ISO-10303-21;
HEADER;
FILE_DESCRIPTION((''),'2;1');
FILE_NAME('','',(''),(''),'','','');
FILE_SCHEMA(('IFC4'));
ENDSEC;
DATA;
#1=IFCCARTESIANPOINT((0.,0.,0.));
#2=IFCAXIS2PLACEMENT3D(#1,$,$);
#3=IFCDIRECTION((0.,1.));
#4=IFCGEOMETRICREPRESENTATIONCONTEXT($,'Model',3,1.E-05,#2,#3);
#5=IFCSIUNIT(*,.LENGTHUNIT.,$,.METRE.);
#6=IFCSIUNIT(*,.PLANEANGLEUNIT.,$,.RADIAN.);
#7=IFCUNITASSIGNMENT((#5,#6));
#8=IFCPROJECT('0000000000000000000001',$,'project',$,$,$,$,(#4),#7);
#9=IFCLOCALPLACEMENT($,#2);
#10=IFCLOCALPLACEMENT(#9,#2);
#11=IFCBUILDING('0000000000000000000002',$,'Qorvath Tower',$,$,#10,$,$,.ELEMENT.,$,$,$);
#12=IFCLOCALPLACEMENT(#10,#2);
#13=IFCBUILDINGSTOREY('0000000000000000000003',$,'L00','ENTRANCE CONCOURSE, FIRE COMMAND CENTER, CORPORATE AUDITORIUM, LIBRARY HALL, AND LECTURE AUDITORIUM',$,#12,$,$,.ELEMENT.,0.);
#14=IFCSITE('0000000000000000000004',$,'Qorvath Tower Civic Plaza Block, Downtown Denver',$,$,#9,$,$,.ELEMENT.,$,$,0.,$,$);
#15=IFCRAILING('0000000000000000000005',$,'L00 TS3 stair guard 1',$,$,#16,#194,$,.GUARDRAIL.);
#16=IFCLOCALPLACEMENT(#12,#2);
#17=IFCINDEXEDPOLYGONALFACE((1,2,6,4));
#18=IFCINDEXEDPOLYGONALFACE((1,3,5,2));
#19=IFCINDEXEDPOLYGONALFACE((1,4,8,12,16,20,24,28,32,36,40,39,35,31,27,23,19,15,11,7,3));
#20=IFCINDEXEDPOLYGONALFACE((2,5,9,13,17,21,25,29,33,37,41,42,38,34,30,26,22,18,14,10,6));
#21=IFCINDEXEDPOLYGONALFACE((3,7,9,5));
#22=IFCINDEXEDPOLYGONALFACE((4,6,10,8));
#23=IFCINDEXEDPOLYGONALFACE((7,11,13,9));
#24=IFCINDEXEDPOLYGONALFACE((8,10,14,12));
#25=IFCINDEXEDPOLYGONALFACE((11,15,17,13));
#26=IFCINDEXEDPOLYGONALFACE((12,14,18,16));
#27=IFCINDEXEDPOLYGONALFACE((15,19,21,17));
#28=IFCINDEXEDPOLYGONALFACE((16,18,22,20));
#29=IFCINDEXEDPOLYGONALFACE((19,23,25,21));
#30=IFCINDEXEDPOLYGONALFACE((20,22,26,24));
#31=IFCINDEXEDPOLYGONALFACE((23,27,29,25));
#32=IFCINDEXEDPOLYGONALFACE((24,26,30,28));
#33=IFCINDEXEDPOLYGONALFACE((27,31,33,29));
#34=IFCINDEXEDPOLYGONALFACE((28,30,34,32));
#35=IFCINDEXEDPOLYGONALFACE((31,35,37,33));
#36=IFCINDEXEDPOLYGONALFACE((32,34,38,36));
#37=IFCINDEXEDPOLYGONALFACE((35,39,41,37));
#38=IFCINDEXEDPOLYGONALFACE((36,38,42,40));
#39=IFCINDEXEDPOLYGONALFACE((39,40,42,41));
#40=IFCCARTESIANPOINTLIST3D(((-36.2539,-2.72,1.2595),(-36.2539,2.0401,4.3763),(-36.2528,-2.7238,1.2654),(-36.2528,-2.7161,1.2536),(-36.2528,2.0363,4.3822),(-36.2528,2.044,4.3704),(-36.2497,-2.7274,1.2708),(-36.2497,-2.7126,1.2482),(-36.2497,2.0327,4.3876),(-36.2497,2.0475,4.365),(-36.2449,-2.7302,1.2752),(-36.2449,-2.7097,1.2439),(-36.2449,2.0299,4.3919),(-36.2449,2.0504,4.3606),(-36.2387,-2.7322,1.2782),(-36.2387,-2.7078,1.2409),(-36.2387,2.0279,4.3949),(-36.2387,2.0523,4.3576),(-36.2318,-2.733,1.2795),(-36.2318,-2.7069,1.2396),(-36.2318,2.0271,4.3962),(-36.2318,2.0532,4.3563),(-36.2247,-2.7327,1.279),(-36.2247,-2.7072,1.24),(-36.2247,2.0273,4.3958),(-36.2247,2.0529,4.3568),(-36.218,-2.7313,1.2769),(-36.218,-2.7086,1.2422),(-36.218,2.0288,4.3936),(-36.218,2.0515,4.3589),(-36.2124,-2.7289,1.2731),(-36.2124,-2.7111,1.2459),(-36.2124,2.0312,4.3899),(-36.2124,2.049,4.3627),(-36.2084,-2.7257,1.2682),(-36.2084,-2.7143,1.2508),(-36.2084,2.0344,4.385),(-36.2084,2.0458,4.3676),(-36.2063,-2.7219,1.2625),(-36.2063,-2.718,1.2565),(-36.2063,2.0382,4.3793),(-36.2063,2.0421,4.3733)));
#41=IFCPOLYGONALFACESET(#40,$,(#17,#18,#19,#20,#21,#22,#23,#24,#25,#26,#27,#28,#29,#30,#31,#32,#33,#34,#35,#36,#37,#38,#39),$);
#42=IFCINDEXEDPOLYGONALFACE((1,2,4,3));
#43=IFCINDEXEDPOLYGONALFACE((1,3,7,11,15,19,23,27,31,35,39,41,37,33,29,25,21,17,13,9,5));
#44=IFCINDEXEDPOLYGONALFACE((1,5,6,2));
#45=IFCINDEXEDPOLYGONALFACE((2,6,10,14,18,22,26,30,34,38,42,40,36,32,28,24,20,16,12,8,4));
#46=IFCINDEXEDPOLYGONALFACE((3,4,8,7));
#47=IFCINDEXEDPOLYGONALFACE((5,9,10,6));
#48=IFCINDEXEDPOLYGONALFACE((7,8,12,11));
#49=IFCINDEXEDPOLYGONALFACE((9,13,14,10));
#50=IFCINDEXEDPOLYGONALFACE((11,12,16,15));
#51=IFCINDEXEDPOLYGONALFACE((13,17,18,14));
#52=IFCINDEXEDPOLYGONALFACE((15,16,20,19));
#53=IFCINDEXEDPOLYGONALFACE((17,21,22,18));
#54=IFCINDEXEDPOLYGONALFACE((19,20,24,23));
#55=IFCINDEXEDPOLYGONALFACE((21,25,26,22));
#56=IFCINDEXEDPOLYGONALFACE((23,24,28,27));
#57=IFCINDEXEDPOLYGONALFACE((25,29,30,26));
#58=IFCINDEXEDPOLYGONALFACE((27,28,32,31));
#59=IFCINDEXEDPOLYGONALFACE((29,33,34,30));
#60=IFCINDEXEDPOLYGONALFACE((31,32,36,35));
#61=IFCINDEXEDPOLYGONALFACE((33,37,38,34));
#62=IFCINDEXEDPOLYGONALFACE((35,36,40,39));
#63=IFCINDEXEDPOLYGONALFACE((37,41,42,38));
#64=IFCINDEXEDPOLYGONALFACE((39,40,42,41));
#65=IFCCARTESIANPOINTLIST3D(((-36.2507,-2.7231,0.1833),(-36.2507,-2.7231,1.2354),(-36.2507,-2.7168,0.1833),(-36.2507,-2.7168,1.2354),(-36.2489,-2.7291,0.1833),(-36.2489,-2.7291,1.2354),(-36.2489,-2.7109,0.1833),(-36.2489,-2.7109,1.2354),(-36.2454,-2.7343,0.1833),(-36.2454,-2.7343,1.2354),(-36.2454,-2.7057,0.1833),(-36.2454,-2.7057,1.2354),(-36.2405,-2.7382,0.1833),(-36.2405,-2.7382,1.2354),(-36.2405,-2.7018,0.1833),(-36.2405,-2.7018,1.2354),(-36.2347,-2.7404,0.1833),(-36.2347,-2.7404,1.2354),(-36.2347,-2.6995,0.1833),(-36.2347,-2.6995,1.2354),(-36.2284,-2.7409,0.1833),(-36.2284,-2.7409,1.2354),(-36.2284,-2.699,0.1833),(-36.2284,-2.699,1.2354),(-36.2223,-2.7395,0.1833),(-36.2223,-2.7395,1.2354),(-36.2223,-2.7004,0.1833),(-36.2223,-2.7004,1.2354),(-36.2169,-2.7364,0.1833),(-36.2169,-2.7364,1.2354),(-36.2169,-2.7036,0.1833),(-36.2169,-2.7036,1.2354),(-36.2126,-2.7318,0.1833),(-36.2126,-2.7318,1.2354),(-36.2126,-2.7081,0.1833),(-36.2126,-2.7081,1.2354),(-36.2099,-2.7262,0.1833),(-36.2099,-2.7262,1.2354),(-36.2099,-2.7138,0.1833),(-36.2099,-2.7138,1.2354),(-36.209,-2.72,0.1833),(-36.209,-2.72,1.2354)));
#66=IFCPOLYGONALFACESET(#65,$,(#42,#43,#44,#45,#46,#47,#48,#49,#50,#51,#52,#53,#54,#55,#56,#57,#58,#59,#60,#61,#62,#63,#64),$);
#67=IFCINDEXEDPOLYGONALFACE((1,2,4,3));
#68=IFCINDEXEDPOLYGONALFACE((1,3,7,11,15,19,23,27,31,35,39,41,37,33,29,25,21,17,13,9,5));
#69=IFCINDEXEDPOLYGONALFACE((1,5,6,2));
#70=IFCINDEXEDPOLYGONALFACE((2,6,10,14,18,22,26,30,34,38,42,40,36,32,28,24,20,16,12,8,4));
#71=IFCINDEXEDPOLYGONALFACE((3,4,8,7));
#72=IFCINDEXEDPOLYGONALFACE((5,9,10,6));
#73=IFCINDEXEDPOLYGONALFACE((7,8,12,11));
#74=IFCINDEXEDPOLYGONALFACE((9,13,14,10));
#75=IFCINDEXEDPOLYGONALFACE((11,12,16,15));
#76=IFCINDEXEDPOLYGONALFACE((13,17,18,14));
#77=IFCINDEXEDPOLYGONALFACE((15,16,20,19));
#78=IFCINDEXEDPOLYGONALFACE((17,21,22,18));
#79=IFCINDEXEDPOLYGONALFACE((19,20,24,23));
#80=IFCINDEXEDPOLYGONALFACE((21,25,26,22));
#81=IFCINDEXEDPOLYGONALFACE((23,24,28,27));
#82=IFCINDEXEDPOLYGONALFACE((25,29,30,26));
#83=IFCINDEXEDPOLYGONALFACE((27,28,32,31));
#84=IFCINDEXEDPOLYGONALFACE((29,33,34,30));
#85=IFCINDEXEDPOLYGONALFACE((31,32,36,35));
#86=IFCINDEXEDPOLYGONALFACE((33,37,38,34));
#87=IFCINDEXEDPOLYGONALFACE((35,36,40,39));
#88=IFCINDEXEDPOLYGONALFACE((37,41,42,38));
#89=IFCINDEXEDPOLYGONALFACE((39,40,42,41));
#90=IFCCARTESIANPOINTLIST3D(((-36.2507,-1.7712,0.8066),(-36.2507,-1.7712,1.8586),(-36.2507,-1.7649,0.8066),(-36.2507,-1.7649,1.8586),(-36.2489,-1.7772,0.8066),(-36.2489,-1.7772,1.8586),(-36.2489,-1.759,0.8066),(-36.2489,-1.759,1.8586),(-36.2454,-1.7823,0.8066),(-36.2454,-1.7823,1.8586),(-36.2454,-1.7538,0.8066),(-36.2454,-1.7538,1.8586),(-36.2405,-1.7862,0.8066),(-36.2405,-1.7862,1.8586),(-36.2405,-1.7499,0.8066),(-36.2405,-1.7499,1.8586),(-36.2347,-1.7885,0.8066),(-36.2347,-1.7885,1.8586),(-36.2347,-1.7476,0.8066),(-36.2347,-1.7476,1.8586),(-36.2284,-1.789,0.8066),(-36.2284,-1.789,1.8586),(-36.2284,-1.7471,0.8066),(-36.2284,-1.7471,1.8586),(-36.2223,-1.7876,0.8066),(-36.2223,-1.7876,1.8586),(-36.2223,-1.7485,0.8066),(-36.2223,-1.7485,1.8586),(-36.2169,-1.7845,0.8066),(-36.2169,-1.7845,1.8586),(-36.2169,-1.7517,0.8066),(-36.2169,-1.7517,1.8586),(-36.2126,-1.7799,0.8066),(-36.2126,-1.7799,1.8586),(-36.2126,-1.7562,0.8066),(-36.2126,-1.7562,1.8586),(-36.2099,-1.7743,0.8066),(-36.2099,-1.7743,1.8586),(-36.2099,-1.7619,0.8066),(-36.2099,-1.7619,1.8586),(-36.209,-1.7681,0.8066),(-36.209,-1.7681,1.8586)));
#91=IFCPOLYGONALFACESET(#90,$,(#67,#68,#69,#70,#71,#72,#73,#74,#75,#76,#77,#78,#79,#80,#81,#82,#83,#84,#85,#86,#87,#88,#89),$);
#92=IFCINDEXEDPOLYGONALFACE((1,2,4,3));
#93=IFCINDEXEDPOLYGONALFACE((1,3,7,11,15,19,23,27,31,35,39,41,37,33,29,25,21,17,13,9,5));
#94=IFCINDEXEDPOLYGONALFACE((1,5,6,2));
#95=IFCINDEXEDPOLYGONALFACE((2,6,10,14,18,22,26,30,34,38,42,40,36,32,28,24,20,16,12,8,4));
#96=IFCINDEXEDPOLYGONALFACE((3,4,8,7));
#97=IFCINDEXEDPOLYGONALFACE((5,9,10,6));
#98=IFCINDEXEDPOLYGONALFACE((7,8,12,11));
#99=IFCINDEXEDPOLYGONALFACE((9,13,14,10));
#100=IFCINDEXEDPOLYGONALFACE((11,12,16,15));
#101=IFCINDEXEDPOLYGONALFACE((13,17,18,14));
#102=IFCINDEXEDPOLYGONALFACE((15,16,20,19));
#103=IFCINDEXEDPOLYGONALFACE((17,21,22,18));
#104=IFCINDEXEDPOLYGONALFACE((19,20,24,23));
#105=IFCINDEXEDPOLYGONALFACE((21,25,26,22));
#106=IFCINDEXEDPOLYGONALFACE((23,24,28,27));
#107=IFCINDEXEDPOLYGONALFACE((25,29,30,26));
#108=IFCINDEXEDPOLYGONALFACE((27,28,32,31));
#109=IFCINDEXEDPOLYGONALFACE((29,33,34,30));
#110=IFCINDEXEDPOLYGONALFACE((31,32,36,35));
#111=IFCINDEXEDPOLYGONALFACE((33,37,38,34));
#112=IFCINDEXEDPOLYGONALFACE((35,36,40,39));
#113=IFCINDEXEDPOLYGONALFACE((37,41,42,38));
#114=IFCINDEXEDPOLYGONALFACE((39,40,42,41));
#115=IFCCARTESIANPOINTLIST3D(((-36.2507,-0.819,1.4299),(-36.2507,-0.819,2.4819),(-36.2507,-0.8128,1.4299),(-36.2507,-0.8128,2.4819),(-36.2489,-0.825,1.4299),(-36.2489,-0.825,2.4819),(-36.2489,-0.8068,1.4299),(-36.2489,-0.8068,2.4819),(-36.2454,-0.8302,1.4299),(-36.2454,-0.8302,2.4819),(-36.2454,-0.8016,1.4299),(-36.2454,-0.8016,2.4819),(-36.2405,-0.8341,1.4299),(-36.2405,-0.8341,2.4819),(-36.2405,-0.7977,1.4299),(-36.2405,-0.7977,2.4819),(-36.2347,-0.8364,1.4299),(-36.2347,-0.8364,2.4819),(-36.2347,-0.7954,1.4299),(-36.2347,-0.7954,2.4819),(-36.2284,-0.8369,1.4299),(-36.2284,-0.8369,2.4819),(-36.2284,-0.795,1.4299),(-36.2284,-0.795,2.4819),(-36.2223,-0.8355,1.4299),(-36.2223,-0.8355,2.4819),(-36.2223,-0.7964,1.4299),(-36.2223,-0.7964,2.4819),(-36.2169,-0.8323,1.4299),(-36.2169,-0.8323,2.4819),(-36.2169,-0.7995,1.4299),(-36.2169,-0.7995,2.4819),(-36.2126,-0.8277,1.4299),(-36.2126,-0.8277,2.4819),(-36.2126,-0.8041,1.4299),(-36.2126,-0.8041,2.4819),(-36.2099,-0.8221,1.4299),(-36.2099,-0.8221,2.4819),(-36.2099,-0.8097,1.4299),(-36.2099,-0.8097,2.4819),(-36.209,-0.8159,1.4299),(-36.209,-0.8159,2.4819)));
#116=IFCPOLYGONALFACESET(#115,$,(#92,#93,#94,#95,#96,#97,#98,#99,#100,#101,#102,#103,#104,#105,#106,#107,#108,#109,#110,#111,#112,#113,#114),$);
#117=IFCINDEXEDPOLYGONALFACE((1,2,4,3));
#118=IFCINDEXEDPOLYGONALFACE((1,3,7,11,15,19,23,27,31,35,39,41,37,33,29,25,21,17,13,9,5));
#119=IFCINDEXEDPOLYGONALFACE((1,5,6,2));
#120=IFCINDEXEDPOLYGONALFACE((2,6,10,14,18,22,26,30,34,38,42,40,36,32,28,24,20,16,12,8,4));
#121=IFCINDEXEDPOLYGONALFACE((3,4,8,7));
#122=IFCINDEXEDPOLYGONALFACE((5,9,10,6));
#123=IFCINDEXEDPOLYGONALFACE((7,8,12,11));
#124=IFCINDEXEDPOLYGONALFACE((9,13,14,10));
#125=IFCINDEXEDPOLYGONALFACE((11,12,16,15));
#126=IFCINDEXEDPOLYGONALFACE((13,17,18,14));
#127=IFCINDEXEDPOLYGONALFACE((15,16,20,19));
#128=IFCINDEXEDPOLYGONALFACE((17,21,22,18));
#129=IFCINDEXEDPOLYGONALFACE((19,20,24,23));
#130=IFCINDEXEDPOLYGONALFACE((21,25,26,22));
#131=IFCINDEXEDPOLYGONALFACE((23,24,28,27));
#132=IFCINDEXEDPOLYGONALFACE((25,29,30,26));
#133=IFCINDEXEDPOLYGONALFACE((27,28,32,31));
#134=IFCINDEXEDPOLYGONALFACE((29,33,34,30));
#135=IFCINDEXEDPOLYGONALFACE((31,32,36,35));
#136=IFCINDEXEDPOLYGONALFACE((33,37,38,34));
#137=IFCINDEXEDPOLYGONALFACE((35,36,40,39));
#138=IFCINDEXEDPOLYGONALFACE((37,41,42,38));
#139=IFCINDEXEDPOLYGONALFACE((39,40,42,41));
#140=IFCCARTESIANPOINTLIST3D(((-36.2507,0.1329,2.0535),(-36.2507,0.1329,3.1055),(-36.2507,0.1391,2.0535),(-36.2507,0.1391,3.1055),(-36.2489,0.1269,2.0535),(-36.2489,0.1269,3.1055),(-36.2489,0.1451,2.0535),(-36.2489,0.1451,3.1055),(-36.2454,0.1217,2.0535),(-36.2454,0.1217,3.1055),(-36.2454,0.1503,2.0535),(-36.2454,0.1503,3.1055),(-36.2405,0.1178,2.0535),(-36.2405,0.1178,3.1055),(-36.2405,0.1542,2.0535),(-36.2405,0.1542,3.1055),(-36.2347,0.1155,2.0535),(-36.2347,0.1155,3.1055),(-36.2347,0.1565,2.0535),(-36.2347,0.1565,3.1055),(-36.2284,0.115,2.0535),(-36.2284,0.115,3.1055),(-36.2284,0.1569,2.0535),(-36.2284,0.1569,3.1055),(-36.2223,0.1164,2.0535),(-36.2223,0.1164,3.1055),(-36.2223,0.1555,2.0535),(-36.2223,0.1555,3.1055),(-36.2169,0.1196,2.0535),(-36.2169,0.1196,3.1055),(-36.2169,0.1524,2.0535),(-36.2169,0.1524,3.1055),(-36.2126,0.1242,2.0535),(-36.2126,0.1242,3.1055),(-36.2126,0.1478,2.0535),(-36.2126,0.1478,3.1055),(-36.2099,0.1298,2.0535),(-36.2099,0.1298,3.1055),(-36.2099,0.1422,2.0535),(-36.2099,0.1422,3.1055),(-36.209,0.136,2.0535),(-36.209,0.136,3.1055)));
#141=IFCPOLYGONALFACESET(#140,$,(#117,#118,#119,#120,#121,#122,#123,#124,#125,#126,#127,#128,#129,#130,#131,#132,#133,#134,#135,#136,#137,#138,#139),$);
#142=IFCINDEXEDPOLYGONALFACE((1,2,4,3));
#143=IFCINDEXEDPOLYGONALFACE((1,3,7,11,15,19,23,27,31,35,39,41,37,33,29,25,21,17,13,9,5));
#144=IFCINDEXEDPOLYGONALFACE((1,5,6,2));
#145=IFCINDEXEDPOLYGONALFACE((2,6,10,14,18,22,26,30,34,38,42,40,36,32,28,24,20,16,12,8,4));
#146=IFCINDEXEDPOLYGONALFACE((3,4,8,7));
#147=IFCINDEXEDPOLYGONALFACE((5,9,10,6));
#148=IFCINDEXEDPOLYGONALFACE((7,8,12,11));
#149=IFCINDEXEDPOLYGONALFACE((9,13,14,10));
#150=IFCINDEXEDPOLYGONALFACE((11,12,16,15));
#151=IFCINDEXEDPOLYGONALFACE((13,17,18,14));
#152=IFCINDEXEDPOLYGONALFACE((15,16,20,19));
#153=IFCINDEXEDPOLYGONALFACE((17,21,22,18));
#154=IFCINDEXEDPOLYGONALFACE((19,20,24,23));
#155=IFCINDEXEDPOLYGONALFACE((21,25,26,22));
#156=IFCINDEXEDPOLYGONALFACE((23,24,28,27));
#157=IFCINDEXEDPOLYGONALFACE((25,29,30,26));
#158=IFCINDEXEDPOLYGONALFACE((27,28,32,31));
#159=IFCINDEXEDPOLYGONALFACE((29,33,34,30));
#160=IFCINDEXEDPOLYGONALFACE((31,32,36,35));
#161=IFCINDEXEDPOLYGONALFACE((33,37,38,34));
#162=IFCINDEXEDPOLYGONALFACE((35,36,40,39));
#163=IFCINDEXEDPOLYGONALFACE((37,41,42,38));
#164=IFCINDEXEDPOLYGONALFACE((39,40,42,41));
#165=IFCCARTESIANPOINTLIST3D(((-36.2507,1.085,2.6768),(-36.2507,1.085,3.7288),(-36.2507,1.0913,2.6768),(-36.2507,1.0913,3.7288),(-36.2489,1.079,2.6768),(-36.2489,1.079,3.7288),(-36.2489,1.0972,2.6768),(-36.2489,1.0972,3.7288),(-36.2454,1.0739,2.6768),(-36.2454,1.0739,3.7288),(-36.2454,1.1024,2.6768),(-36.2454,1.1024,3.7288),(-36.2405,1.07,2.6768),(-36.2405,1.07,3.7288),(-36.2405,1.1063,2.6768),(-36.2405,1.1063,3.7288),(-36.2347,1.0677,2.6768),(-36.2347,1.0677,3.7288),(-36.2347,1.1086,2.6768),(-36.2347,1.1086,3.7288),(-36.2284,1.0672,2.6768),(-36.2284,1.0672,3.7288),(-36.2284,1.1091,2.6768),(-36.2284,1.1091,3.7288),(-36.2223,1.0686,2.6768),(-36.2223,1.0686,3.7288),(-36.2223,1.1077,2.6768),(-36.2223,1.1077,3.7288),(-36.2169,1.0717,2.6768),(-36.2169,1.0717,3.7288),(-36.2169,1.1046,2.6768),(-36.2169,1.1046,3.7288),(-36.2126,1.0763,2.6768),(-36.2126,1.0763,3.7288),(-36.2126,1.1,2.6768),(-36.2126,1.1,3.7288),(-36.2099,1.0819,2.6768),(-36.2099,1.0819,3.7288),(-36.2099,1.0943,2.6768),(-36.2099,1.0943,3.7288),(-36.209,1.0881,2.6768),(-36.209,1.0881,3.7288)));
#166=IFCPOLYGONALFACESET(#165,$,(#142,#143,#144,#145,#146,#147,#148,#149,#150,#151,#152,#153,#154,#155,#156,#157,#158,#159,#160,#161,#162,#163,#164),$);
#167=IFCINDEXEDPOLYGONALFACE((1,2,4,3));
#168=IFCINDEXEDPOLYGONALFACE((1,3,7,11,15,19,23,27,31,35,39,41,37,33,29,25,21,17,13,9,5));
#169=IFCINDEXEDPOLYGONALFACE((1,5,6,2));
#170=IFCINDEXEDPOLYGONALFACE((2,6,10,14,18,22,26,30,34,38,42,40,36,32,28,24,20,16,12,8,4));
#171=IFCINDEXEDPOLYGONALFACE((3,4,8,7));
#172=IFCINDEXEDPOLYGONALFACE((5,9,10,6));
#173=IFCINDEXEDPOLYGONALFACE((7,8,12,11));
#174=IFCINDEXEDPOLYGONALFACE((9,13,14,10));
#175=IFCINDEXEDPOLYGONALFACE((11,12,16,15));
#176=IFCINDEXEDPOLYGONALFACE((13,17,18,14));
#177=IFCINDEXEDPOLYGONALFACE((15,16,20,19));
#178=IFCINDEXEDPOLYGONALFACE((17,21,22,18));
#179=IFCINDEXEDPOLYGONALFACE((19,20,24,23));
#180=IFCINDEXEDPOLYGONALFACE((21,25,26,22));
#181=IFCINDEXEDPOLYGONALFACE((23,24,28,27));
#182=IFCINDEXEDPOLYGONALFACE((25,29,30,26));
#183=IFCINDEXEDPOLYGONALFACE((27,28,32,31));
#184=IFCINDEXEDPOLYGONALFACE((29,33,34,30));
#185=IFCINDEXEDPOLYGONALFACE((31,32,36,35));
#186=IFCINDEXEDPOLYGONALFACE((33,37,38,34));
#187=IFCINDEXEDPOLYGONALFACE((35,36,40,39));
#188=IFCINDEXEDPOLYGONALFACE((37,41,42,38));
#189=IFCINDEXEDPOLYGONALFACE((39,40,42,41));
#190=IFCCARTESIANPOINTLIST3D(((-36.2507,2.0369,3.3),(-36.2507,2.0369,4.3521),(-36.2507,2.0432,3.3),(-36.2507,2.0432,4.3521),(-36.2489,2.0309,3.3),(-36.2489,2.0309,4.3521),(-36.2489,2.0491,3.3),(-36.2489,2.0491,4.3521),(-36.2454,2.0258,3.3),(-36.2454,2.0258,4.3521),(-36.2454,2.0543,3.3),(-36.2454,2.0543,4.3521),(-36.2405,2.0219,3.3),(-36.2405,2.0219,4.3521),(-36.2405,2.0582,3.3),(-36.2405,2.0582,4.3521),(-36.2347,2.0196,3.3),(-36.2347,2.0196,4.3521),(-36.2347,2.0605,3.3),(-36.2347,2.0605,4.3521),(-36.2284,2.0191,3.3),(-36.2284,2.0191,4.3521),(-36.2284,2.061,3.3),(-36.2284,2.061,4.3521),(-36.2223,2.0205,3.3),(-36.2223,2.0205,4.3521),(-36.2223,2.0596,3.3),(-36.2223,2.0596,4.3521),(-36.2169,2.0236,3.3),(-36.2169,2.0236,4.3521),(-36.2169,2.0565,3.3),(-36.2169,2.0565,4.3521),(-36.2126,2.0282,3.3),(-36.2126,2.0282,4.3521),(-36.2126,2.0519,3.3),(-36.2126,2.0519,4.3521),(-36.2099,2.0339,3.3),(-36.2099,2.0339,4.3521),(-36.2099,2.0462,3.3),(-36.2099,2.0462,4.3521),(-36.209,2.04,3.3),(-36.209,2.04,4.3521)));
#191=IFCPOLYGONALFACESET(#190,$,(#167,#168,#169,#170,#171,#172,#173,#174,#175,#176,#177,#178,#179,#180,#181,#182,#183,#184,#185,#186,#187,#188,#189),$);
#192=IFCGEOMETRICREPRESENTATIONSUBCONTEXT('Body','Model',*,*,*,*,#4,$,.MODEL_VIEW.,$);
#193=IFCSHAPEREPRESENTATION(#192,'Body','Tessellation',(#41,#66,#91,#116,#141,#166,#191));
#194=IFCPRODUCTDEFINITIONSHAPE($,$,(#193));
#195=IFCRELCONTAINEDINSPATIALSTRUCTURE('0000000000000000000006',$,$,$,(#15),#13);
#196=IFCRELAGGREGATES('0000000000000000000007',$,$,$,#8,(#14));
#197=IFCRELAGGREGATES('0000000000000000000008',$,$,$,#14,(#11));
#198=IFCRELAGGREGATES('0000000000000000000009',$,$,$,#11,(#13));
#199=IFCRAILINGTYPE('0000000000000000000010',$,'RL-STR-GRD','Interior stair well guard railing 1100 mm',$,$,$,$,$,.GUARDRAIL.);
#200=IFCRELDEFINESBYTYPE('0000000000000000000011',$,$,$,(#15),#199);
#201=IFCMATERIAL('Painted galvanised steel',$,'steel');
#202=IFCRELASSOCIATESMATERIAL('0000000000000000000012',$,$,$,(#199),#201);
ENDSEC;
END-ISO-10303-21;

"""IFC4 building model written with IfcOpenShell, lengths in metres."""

from ifc_helpers import new_model, si_unit, direction, frame, origin, origin_2d, place, context, subcontext, project, spatial, circle, extrude, material, type_object, element, save


model = new_model("IFC4")

# Units and contexts
model_context = context("Model", 3, precision=1e-05, world=origin(), true_north=direction((0.0, 1.0)))
body_context = subcontext(model_context, "Body", "Model", "MODEL_VIEW")
ifc_project = project(units=[si_unit("LENGTHUNIT", "METRE"), si_unit("PLANEANGLEUNIT", "RADIAN")], contexts=[model_context])

# Site, building, storey
site_placement = place(None, origin())
site = spatial("IfcSite", under=ifc_project, at=site_placement, Name="Qorvath Tower Civic Plaza Block, Downtown Denver", CompositionType="ELEMENT", RefElevation=0.0)
building_placement = place(site_placement, origin())
building = spatial("IfcBuilding", under=site, at=building_placement, Name="Qorvath Tower", CompositionType="ELEMENT")
storey_placement = place(building_placement, origin())
storey = spatial("IfcBuildingStorey", under=building, at=storey_placement, Name="L00", Description="ENTRANCE CONCOURSE, FIRE COMMAND CENTER, CORPORATE AUDITORIUM, LIBRARY HALL, AND LECTURE AUDITORIUM", CompositionType="ELEMENT", Elevation=0.0)

# Railing
ifc_material_1 = material(Name="Painted galvanised steel", Category="steel")
railing_type = type_object("IfcRailingType", Name="RL-STR-GRD", Description="Interior stair well guard railing 1100 mm", PredefinedType="GUARDRAIL", material=ifc_material_1)
railing_1_placement = place(storey_placement, frame((-36.23, -2.72, 0.1833)))
element("IfcRailing", 1, at=railing_1_placement, inside=storey, type_object=railing_type, Name="L00 TS3 stair guard 1", PredefinedType="GUARDRAIL", context=body_context, shape_type="SweptSolid", body=[
    extrude(circle(Radius=0.0239, at=origin_2d()), frame((0.0, 0.0, 1.0762), z_axis=(0.0, 0.836616, 0.547789), x_axis=(-1.0, 0.0, 0.0)), (0.0, 0.0, 1.0), 5.6897),
    extrude(circle(Radius=0.021, at=origin_2d()), origin(), (0.0, 0.0, 1.0), 1.052),
    extrude(circle(Radius=0.021, at=origin_2d()), frame((0.0, 0.9519, 0.6233)), (0.0, 0.0, 1.0), 1.052),
    extrude(circle(Radius=0.021, at=origin_2d()), frame((0.0, 1.9041, 1.2466)), (0.0, 0.0, 1.0), 1.052),
    extrude(circle(Radius=0.021, at=origin_2d()), frame((0.0, 2.856, 1.8701)), (0.0, 0.0, 1.0), 1.052),
    extrude(circle(Radius=0.021, at=origin_2d()), frame((0.0, 3.8081, 2.4934)), (0.0, 0.0, 1.0), 1.052),
    extrude(circle(Radius=0.021, at=origin_2d()), frame((0.0, 4.76, 3.1167)), (0.0, 0.0, 1.0), 1.052),
])

save(model, "model.ifc")
